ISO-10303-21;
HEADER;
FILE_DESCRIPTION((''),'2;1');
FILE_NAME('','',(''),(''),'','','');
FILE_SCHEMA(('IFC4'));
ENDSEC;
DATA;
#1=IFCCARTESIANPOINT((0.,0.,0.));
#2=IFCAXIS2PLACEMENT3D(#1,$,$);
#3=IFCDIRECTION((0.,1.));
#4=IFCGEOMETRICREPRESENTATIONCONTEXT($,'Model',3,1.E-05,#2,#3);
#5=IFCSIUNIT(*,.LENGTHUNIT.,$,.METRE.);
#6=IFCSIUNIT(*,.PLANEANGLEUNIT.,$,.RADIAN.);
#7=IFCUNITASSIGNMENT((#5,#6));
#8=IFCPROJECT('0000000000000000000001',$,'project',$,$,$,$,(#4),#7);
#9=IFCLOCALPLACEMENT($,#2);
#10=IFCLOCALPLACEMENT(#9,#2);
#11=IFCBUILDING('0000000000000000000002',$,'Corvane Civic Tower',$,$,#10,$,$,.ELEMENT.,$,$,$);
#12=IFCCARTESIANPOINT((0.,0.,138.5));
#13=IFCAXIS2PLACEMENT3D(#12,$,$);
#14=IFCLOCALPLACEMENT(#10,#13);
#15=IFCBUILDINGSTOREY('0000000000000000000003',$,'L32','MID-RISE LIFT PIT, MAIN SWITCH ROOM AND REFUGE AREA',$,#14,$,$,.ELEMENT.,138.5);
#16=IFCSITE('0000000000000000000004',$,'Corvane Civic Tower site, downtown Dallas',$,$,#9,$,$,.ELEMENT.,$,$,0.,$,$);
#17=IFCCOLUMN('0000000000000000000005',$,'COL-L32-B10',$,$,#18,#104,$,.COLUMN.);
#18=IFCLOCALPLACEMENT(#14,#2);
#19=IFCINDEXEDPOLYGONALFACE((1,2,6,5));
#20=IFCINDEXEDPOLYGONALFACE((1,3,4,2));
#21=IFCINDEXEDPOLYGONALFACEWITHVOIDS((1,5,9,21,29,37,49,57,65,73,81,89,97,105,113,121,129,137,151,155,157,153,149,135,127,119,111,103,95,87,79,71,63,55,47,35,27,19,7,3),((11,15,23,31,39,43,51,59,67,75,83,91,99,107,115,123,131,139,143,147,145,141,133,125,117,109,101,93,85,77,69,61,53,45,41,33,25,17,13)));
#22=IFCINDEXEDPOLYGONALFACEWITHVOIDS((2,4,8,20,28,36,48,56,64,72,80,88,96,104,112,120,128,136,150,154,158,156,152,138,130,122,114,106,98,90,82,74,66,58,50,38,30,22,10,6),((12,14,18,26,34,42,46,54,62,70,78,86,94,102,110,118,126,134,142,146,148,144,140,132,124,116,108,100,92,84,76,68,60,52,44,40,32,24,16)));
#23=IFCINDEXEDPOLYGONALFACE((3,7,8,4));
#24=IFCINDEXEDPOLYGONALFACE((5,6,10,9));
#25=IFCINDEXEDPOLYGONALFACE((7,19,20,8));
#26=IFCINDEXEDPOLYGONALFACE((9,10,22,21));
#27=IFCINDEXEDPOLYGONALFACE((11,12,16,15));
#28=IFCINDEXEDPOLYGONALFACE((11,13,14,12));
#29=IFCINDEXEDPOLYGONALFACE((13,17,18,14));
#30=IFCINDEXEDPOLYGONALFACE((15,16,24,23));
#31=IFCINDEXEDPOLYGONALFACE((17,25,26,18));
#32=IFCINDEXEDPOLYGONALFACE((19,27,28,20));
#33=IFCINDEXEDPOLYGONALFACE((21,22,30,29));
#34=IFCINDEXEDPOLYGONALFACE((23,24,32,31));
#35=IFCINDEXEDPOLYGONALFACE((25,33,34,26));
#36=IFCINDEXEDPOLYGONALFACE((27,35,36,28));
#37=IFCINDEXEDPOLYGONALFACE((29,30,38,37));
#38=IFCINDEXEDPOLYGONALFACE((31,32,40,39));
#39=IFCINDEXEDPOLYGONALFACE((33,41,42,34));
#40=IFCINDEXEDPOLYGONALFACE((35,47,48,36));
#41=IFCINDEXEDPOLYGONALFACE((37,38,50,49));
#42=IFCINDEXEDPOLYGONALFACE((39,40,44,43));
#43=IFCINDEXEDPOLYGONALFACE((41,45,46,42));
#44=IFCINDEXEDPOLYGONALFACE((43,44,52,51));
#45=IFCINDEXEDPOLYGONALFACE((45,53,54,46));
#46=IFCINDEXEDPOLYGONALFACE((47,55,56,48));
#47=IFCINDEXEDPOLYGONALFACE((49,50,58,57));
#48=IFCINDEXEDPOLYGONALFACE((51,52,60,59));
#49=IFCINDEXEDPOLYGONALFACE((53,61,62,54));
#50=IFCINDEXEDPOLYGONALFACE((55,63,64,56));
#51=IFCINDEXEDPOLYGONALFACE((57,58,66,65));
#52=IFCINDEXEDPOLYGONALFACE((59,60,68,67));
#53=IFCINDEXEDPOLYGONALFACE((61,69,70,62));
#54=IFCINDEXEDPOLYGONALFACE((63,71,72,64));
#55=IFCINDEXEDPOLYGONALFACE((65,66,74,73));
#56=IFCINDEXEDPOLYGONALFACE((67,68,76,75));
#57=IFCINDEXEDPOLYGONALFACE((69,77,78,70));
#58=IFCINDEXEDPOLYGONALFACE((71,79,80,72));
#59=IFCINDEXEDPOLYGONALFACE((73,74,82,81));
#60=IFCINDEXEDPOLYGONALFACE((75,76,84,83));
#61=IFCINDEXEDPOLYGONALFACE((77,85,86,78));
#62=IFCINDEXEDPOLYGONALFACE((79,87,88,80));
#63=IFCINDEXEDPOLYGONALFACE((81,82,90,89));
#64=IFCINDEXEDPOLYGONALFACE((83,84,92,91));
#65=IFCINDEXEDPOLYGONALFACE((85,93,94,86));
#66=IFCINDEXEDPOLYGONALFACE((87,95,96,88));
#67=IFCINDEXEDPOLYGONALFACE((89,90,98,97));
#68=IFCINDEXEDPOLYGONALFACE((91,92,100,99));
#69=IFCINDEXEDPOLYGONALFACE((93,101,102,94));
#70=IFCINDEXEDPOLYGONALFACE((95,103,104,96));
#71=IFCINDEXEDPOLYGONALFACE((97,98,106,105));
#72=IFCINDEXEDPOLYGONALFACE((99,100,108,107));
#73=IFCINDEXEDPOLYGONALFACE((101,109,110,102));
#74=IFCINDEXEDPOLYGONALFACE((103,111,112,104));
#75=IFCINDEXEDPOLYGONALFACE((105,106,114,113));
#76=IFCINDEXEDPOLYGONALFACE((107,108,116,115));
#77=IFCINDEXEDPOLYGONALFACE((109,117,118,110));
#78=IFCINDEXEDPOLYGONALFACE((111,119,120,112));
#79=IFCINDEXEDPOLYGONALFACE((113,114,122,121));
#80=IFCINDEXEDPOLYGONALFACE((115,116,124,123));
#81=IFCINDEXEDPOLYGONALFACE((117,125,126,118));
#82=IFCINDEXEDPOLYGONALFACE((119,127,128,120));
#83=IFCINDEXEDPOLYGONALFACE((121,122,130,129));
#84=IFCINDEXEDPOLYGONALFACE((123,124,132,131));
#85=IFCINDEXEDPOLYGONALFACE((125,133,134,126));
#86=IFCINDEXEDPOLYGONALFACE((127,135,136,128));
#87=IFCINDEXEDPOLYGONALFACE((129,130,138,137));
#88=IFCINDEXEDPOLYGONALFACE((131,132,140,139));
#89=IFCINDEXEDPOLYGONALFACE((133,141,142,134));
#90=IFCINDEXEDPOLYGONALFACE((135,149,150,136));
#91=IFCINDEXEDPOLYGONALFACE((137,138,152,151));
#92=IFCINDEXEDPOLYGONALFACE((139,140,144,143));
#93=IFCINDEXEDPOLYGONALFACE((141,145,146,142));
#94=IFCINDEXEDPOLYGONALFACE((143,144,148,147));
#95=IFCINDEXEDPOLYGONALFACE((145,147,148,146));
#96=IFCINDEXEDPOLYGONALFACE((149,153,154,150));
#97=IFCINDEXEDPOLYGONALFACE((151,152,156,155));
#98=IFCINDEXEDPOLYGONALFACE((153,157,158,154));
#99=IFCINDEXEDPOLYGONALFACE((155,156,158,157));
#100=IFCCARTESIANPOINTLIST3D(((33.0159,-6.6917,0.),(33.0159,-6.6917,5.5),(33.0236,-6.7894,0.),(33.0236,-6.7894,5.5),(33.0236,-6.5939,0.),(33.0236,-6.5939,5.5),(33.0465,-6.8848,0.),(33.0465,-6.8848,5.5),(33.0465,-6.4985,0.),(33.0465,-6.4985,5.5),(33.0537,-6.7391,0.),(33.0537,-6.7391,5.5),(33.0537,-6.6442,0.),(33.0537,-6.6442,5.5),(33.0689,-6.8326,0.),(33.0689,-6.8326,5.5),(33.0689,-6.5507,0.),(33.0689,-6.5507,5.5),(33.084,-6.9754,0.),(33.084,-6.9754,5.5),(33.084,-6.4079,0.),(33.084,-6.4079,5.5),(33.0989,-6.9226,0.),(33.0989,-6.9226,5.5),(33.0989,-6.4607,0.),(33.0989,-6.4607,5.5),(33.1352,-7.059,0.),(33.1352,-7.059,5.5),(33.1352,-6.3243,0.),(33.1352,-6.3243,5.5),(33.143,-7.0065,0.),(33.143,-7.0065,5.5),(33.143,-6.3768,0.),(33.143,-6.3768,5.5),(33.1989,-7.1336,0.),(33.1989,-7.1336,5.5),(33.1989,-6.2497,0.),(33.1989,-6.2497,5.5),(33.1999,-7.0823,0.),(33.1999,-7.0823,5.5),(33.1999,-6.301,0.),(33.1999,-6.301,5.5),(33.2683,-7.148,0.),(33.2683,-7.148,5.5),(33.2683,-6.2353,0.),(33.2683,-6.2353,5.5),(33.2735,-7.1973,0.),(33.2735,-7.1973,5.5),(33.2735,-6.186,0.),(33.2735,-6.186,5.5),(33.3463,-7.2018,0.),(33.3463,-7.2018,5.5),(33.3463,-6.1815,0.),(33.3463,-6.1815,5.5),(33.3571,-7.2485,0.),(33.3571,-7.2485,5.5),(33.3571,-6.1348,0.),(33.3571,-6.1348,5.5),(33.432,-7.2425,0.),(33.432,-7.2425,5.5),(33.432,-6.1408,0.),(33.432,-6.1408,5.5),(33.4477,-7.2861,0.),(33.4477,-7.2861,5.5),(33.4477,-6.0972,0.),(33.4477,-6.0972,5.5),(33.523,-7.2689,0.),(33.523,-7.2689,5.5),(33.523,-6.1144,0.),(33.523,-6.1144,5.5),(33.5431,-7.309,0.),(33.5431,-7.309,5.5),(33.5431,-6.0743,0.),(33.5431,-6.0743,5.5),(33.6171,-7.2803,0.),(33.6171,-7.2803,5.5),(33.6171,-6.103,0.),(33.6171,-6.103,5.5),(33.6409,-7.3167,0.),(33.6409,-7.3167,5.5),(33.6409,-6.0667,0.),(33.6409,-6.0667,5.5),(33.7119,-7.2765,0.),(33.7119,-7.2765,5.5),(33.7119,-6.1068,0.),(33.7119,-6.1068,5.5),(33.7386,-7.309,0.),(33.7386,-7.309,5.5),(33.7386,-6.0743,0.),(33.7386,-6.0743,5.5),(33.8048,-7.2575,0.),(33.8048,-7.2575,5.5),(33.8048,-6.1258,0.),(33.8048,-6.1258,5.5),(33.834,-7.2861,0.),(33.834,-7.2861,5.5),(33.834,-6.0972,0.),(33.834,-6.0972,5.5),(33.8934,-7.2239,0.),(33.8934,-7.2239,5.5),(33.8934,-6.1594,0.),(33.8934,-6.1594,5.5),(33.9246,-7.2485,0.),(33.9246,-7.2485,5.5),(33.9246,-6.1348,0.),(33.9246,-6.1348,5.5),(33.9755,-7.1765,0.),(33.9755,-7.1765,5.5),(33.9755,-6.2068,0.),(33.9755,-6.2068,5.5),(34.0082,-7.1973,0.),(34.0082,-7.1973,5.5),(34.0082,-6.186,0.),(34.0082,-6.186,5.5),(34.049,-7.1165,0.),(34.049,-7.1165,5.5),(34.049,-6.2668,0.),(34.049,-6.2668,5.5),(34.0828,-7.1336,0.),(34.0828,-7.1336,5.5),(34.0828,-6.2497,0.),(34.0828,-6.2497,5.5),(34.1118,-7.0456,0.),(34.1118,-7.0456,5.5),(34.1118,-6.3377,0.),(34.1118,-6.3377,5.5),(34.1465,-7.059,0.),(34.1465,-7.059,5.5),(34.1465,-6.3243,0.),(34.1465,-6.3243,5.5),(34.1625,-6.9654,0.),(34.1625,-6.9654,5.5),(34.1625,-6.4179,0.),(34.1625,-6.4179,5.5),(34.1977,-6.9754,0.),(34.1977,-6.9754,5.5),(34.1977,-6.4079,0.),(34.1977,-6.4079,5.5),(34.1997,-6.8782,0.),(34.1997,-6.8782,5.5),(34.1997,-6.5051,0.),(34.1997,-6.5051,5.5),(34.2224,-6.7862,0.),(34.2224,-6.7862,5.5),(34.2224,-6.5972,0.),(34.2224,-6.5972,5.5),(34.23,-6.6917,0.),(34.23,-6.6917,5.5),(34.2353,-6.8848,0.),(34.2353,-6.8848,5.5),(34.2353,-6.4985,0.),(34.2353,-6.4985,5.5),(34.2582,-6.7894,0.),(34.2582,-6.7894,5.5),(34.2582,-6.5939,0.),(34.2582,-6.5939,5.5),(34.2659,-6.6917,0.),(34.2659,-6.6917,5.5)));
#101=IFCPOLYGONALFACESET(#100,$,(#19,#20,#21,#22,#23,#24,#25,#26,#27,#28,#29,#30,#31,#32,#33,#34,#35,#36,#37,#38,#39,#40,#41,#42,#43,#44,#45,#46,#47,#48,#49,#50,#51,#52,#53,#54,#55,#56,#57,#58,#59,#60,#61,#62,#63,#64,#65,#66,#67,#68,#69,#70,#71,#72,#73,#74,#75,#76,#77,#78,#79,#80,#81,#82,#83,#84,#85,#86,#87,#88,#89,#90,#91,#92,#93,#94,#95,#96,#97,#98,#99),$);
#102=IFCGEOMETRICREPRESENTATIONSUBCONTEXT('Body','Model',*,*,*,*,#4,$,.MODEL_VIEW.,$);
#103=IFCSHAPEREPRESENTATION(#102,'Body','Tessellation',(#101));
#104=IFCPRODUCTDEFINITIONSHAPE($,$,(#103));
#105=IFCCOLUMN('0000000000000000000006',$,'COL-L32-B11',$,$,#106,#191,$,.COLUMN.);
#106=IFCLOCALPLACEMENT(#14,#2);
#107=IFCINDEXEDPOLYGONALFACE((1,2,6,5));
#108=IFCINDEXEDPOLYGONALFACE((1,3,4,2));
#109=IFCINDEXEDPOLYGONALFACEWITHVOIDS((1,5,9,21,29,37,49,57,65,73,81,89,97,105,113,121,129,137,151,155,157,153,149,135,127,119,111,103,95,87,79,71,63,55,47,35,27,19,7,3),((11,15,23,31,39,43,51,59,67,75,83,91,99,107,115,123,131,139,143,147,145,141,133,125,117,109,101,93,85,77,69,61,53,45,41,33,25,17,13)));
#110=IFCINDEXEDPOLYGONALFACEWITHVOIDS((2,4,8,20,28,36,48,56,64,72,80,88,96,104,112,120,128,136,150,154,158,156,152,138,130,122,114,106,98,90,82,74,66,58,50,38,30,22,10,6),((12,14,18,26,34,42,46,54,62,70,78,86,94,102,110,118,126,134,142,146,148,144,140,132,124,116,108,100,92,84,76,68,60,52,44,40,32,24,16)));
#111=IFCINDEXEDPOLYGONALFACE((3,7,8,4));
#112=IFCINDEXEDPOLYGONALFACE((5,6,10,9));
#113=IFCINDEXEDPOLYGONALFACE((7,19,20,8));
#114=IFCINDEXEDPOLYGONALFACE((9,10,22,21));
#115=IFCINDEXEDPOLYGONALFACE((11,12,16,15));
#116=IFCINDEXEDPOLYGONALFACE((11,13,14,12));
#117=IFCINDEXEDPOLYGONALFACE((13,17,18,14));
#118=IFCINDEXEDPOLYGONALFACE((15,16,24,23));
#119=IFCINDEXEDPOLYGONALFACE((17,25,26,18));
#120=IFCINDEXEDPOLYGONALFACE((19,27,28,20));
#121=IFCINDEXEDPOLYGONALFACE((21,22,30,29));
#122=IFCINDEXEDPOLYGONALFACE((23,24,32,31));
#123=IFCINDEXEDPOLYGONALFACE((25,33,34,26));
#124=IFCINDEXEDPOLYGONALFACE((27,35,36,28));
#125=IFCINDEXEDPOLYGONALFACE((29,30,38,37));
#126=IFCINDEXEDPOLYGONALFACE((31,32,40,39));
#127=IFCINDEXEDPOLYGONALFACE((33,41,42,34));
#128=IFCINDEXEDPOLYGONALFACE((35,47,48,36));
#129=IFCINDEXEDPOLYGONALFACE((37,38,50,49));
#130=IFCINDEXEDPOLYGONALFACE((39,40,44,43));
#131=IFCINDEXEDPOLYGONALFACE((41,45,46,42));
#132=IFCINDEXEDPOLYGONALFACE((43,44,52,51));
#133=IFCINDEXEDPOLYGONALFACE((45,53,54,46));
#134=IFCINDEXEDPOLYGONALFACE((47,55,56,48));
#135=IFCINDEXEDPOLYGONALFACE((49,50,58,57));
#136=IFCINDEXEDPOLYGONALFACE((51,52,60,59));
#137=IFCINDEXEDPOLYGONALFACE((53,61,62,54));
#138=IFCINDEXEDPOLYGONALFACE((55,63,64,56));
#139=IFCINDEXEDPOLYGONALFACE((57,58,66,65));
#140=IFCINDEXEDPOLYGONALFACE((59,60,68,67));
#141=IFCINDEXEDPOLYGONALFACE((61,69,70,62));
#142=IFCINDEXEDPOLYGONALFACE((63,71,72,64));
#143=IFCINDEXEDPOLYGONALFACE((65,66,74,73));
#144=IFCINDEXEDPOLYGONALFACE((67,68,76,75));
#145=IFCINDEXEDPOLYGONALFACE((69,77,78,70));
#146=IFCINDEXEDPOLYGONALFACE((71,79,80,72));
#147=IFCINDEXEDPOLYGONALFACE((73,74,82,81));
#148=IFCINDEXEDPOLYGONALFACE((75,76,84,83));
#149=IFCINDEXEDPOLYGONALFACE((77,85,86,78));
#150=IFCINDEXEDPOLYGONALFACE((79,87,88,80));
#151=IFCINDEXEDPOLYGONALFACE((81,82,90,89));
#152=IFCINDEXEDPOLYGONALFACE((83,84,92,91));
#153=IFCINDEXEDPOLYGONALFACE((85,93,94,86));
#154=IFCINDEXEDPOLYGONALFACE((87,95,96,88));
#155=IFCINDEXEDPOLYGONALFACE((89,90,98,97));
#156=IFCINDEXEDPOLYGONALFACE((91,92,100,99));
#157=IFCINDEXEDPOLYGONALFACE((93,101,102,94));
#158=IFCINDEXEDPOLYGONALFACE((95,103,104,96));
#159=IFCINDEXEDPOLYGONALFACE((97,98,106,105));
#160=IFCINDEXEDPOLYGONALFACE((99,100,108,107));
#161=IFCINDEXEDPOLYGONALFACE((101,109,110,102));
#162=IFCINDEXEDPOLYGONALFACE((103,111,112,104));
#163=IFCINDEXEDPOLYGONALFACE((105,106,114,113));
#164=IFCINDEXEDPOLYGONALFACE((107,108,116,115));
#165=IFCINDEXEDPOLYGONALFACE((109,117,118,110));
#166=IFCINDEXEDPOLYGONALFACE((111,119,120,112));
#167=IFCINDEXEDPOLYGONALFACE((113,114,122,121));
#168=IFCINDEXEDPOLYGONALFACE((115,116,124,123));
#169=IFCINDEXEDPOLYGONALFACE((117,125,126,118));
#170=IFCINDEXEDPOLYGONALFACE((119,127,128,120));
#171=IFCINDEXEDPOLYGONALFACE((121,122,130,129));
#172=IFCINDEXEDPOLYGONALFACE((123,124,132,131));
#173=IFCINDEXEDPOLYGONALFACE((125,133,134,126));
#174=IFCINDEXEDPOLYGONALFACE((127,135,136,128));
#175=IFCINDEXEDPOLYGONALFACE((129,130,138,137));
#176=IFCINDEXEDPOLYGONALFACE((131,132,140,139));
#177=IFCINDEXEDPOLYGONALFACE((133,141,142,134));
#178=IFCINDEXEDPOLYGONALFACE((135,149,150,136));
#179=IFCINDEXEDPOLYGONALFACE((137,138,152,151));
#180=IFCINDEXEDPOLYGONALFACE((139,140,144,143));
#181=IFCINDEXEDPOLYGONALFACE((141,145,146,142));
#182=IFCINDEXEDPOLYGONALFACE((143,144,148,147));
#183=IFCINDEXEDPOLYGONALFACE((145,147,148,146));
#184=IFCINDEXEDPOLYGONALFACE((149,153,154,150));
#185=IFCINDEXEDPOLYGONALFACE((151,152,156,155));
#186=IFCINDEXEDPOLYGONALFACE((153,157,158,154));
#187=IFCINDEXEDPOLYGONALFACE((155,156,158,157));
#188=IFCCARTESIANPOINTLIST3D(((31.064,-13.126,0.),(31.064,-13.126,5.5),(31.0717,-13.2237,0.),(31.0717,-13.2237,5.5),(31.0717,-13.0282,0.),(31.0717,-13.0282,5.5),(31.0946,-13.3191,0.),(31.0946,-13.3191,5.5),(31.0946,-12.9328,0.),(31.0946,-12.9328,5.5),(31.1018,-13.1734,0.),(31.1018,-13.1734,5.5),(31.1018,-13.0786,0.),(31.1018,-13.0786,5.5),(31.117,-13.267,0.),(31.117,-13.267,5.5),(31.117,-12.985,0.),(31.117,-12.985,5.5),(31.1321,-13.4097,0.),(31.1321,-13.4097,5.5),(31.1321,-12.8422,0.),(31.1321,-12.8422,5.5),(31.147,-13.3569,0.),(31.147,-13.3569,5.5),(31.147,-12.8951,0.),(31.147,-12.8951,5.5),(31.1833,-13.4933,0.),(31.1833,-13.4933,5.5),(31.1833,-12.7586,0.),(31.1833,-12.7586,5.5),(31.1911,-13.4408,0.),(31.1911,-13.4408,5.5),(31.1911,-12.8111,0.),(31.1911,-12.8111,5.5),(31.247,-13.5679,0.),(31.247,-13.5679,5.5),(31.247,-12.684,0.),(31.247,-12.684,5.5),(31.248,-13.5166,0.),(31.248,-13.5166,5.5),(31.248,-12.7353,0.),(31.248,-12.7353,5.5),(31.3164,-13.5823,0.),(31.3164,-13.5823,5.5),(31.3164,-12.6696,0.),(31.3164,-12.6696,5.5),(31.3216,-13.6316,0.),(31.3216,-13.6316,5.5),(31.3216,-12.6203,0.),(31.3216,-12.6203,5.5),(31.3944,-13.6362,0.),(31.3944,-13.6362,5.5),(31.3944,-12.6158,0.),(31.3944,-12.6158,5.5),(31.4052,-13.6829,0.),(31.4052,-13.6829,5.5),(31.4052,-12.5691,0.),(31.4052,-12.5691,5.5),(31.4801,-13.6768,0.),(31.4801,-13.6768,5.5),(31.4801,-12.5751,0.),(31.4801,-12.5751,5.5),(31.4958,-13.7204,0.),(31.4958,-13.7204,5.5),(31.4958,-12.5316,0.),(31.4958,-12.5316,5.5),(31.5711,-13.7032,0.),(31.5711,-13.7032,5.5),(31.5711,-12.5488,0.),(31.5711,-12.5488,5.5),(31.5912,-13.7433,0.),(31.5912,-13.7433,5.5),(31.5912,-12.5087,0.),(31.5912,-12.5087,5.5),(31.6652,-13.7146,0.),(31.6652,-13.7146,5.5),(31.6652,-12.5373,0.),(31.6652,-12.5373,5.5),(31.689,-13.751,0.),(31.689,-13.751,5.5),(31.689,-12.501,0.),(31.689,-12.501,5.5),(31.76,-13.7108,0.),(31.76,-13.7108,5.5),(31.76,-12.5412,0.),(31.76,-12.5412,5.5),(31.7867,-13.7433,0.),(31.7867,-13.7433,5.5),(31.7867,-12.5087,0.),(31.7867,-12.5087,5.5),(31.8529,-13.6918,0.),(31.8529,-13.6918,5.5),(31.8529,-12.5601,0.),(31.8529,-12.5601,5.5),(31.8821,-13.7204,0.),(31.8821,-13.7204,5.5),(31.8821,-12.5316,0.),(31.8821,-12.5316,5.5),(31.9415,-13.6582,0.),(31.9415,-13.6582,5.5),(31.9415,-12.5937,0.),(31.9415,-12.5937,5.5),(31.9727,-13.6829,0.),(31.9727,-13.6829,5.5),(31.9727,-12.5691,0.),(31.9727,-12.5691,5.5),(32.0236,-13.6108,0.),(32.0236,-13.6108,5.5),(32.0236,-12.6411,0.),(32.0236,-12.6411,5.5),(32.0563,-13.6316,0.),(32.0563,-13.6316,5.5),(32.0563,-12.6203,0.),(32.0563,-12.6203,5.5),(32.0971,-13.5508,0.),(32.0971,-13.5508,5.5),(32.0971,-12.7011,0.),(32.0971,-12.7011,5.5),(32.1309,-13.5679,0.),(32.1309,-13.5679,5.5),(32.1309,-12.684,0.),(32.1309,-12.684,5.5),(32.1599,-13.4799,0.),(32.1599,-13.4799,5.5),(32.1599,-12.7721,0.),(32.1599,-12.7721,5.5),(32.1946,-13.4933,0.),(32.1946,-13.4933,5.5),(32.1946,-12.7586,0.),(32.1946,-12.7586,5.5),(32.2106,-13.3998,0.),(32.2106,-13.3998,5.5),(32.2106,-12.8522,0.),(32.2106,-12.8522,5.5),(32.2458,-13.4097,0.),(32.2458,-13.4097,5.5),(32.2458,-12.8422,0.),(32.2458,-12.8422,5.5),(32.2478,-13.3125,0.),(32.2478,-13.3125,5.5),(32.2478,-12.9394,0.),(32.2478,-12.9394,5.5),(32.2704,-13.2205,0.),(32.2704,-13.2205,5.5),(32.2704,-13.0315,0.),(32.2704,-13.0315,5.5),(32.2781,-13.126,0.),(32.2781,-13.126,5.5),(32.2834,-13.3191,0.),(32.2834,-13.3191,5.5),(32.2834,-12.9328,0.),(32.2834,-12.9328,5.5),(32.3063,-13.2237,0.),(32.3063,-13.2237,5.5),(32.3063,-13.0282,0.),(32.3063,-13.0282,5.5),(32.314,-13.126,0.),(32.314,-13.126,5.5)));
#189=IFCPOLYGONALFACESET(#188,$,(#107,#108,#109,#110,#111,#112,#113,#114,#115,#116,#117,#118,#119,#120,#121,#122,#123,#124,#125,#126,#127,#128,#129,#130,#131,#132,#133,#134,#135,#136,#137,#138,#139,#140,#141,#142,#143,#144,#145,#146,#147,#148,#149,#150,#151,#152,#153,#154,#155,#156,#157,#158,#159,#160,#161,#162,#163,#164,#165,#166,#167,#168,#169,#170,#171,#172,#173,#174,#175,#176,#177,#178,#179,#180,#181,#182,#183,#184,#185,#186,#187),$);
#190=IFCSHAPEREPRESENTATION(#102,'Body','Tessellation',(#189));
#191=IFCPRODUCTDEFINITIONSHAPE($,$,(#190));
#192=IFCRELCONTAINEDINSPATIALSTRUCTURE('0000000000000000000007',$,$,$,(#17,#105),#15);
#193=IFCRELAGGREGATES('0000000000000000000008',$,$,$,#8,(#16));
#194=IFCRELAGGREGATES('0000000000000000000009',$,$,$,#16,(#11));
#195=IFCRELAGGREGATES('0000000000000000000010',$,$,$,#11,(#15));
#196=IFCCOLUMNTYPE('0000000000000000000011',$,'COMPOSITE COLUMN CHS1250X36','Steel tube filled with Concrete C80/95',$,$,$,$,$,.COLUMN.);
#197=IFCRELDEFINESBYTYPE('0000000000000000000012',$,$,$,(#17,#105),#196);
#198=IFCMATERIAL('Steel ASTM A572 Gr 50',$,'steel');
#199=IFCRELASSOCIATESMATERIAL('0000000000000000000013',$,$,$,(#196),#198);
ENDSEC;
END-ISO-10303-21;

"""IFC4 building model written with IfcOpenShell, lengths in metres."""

from ifc_helpers import new_model, si_unit, direction, frame, origin, origin_2d, place, context, subcontext, project, spatial, hollow_circle, extrude, material, material_profile, profile_set, type_object, element, save


model = new_model("IFC4")

# Units and contexts
model_context = context("Model", 3, precision=1e-05, world=origin(), true_north=direction((0.0, 1.0)))
body_context = subcontext(model_context, "Body", "Model", "MODEL_VIEW")
ifc_project = project(units=[si_unit("LENGTHUNIT", "METRE"), si_unit("PLANEANGLEUNIT", "RADIAN")], contexts=[model_context])

# Site, building, storey
site_placement = place(None, origin())
site = spatial("IfcSite", under=ifc_project, at=site_placement, Name="Corvane Civic Tower site, downtown Dallas", CompositionType="ELEMENT", RefElevation=0.0)
building_placement = place(site_placement, origin())
building = spatial("IfcBuilding", under=site, at=building_placement, Name="Corvane Civic Tower", CompositionType="ELEMENT")
storey_placement = place(building_placement, frame((0.0, 0.0, 138.5)))
storey = spatial("IfcBuildingStorey", under=building, at=storey_placement, Name="L32", Description="MID-RISE LIFT PIT, MAIN SWITCH ROOM AND REFUGE AREA", CompositionType="ELEMENT", Elevation=138.5)

# Columns
ifc_material_1 = material(Name="Steel ASTM A572 Gr 50", Category="steel")
ifc_material_profile_1 = material_profile(ifc_material_1, hollow_circle(Radius=0.625, WallThickness=0.0359, at=origin_2d()), Name="CHS1250X36")
ifc_profile_set_1 = profile_set([ifc_material_profile_1], Name="Steel ASTM A572 Gr 50")
column_type = type_object("IfcColumnType", Name="COMPOSITE COLUMN CHS1250X36", Description="Steel tube filled with Concrete C80/95", PredefinedType="COLUMN", material=ifc_profile_set_1)
for number, where, z_axis, x_axis, name in (
    (1, (33.6409, -6.6917, 0.0), (0.0, 0.0, 1.0), (1.0, 0.0, 0.0), "COL-L32-B10"),
    (2, (31.689, -13.126, 0.0), (0.0, 0.0, 1.0), (1.0, 0.0, 0.0), "COL-L32-B11"),
):
    element("IfcColumn", number, at=place(storey_placement, frame(where, z_axis=z_axis, x_axis=x_axis)), inside=storey, type_object=column_type, Name=name, PredefinedType="COLUMN", context=body_context, shape_type="SweptSolid", body=[
        extrude(hollow_circle(Radius=0.625, WallThickness=0.0359, at=origin_2d()), origin(), (0.0, 0.0, 1.0), 5.5),
    ])

save(model, "model.ifc")
